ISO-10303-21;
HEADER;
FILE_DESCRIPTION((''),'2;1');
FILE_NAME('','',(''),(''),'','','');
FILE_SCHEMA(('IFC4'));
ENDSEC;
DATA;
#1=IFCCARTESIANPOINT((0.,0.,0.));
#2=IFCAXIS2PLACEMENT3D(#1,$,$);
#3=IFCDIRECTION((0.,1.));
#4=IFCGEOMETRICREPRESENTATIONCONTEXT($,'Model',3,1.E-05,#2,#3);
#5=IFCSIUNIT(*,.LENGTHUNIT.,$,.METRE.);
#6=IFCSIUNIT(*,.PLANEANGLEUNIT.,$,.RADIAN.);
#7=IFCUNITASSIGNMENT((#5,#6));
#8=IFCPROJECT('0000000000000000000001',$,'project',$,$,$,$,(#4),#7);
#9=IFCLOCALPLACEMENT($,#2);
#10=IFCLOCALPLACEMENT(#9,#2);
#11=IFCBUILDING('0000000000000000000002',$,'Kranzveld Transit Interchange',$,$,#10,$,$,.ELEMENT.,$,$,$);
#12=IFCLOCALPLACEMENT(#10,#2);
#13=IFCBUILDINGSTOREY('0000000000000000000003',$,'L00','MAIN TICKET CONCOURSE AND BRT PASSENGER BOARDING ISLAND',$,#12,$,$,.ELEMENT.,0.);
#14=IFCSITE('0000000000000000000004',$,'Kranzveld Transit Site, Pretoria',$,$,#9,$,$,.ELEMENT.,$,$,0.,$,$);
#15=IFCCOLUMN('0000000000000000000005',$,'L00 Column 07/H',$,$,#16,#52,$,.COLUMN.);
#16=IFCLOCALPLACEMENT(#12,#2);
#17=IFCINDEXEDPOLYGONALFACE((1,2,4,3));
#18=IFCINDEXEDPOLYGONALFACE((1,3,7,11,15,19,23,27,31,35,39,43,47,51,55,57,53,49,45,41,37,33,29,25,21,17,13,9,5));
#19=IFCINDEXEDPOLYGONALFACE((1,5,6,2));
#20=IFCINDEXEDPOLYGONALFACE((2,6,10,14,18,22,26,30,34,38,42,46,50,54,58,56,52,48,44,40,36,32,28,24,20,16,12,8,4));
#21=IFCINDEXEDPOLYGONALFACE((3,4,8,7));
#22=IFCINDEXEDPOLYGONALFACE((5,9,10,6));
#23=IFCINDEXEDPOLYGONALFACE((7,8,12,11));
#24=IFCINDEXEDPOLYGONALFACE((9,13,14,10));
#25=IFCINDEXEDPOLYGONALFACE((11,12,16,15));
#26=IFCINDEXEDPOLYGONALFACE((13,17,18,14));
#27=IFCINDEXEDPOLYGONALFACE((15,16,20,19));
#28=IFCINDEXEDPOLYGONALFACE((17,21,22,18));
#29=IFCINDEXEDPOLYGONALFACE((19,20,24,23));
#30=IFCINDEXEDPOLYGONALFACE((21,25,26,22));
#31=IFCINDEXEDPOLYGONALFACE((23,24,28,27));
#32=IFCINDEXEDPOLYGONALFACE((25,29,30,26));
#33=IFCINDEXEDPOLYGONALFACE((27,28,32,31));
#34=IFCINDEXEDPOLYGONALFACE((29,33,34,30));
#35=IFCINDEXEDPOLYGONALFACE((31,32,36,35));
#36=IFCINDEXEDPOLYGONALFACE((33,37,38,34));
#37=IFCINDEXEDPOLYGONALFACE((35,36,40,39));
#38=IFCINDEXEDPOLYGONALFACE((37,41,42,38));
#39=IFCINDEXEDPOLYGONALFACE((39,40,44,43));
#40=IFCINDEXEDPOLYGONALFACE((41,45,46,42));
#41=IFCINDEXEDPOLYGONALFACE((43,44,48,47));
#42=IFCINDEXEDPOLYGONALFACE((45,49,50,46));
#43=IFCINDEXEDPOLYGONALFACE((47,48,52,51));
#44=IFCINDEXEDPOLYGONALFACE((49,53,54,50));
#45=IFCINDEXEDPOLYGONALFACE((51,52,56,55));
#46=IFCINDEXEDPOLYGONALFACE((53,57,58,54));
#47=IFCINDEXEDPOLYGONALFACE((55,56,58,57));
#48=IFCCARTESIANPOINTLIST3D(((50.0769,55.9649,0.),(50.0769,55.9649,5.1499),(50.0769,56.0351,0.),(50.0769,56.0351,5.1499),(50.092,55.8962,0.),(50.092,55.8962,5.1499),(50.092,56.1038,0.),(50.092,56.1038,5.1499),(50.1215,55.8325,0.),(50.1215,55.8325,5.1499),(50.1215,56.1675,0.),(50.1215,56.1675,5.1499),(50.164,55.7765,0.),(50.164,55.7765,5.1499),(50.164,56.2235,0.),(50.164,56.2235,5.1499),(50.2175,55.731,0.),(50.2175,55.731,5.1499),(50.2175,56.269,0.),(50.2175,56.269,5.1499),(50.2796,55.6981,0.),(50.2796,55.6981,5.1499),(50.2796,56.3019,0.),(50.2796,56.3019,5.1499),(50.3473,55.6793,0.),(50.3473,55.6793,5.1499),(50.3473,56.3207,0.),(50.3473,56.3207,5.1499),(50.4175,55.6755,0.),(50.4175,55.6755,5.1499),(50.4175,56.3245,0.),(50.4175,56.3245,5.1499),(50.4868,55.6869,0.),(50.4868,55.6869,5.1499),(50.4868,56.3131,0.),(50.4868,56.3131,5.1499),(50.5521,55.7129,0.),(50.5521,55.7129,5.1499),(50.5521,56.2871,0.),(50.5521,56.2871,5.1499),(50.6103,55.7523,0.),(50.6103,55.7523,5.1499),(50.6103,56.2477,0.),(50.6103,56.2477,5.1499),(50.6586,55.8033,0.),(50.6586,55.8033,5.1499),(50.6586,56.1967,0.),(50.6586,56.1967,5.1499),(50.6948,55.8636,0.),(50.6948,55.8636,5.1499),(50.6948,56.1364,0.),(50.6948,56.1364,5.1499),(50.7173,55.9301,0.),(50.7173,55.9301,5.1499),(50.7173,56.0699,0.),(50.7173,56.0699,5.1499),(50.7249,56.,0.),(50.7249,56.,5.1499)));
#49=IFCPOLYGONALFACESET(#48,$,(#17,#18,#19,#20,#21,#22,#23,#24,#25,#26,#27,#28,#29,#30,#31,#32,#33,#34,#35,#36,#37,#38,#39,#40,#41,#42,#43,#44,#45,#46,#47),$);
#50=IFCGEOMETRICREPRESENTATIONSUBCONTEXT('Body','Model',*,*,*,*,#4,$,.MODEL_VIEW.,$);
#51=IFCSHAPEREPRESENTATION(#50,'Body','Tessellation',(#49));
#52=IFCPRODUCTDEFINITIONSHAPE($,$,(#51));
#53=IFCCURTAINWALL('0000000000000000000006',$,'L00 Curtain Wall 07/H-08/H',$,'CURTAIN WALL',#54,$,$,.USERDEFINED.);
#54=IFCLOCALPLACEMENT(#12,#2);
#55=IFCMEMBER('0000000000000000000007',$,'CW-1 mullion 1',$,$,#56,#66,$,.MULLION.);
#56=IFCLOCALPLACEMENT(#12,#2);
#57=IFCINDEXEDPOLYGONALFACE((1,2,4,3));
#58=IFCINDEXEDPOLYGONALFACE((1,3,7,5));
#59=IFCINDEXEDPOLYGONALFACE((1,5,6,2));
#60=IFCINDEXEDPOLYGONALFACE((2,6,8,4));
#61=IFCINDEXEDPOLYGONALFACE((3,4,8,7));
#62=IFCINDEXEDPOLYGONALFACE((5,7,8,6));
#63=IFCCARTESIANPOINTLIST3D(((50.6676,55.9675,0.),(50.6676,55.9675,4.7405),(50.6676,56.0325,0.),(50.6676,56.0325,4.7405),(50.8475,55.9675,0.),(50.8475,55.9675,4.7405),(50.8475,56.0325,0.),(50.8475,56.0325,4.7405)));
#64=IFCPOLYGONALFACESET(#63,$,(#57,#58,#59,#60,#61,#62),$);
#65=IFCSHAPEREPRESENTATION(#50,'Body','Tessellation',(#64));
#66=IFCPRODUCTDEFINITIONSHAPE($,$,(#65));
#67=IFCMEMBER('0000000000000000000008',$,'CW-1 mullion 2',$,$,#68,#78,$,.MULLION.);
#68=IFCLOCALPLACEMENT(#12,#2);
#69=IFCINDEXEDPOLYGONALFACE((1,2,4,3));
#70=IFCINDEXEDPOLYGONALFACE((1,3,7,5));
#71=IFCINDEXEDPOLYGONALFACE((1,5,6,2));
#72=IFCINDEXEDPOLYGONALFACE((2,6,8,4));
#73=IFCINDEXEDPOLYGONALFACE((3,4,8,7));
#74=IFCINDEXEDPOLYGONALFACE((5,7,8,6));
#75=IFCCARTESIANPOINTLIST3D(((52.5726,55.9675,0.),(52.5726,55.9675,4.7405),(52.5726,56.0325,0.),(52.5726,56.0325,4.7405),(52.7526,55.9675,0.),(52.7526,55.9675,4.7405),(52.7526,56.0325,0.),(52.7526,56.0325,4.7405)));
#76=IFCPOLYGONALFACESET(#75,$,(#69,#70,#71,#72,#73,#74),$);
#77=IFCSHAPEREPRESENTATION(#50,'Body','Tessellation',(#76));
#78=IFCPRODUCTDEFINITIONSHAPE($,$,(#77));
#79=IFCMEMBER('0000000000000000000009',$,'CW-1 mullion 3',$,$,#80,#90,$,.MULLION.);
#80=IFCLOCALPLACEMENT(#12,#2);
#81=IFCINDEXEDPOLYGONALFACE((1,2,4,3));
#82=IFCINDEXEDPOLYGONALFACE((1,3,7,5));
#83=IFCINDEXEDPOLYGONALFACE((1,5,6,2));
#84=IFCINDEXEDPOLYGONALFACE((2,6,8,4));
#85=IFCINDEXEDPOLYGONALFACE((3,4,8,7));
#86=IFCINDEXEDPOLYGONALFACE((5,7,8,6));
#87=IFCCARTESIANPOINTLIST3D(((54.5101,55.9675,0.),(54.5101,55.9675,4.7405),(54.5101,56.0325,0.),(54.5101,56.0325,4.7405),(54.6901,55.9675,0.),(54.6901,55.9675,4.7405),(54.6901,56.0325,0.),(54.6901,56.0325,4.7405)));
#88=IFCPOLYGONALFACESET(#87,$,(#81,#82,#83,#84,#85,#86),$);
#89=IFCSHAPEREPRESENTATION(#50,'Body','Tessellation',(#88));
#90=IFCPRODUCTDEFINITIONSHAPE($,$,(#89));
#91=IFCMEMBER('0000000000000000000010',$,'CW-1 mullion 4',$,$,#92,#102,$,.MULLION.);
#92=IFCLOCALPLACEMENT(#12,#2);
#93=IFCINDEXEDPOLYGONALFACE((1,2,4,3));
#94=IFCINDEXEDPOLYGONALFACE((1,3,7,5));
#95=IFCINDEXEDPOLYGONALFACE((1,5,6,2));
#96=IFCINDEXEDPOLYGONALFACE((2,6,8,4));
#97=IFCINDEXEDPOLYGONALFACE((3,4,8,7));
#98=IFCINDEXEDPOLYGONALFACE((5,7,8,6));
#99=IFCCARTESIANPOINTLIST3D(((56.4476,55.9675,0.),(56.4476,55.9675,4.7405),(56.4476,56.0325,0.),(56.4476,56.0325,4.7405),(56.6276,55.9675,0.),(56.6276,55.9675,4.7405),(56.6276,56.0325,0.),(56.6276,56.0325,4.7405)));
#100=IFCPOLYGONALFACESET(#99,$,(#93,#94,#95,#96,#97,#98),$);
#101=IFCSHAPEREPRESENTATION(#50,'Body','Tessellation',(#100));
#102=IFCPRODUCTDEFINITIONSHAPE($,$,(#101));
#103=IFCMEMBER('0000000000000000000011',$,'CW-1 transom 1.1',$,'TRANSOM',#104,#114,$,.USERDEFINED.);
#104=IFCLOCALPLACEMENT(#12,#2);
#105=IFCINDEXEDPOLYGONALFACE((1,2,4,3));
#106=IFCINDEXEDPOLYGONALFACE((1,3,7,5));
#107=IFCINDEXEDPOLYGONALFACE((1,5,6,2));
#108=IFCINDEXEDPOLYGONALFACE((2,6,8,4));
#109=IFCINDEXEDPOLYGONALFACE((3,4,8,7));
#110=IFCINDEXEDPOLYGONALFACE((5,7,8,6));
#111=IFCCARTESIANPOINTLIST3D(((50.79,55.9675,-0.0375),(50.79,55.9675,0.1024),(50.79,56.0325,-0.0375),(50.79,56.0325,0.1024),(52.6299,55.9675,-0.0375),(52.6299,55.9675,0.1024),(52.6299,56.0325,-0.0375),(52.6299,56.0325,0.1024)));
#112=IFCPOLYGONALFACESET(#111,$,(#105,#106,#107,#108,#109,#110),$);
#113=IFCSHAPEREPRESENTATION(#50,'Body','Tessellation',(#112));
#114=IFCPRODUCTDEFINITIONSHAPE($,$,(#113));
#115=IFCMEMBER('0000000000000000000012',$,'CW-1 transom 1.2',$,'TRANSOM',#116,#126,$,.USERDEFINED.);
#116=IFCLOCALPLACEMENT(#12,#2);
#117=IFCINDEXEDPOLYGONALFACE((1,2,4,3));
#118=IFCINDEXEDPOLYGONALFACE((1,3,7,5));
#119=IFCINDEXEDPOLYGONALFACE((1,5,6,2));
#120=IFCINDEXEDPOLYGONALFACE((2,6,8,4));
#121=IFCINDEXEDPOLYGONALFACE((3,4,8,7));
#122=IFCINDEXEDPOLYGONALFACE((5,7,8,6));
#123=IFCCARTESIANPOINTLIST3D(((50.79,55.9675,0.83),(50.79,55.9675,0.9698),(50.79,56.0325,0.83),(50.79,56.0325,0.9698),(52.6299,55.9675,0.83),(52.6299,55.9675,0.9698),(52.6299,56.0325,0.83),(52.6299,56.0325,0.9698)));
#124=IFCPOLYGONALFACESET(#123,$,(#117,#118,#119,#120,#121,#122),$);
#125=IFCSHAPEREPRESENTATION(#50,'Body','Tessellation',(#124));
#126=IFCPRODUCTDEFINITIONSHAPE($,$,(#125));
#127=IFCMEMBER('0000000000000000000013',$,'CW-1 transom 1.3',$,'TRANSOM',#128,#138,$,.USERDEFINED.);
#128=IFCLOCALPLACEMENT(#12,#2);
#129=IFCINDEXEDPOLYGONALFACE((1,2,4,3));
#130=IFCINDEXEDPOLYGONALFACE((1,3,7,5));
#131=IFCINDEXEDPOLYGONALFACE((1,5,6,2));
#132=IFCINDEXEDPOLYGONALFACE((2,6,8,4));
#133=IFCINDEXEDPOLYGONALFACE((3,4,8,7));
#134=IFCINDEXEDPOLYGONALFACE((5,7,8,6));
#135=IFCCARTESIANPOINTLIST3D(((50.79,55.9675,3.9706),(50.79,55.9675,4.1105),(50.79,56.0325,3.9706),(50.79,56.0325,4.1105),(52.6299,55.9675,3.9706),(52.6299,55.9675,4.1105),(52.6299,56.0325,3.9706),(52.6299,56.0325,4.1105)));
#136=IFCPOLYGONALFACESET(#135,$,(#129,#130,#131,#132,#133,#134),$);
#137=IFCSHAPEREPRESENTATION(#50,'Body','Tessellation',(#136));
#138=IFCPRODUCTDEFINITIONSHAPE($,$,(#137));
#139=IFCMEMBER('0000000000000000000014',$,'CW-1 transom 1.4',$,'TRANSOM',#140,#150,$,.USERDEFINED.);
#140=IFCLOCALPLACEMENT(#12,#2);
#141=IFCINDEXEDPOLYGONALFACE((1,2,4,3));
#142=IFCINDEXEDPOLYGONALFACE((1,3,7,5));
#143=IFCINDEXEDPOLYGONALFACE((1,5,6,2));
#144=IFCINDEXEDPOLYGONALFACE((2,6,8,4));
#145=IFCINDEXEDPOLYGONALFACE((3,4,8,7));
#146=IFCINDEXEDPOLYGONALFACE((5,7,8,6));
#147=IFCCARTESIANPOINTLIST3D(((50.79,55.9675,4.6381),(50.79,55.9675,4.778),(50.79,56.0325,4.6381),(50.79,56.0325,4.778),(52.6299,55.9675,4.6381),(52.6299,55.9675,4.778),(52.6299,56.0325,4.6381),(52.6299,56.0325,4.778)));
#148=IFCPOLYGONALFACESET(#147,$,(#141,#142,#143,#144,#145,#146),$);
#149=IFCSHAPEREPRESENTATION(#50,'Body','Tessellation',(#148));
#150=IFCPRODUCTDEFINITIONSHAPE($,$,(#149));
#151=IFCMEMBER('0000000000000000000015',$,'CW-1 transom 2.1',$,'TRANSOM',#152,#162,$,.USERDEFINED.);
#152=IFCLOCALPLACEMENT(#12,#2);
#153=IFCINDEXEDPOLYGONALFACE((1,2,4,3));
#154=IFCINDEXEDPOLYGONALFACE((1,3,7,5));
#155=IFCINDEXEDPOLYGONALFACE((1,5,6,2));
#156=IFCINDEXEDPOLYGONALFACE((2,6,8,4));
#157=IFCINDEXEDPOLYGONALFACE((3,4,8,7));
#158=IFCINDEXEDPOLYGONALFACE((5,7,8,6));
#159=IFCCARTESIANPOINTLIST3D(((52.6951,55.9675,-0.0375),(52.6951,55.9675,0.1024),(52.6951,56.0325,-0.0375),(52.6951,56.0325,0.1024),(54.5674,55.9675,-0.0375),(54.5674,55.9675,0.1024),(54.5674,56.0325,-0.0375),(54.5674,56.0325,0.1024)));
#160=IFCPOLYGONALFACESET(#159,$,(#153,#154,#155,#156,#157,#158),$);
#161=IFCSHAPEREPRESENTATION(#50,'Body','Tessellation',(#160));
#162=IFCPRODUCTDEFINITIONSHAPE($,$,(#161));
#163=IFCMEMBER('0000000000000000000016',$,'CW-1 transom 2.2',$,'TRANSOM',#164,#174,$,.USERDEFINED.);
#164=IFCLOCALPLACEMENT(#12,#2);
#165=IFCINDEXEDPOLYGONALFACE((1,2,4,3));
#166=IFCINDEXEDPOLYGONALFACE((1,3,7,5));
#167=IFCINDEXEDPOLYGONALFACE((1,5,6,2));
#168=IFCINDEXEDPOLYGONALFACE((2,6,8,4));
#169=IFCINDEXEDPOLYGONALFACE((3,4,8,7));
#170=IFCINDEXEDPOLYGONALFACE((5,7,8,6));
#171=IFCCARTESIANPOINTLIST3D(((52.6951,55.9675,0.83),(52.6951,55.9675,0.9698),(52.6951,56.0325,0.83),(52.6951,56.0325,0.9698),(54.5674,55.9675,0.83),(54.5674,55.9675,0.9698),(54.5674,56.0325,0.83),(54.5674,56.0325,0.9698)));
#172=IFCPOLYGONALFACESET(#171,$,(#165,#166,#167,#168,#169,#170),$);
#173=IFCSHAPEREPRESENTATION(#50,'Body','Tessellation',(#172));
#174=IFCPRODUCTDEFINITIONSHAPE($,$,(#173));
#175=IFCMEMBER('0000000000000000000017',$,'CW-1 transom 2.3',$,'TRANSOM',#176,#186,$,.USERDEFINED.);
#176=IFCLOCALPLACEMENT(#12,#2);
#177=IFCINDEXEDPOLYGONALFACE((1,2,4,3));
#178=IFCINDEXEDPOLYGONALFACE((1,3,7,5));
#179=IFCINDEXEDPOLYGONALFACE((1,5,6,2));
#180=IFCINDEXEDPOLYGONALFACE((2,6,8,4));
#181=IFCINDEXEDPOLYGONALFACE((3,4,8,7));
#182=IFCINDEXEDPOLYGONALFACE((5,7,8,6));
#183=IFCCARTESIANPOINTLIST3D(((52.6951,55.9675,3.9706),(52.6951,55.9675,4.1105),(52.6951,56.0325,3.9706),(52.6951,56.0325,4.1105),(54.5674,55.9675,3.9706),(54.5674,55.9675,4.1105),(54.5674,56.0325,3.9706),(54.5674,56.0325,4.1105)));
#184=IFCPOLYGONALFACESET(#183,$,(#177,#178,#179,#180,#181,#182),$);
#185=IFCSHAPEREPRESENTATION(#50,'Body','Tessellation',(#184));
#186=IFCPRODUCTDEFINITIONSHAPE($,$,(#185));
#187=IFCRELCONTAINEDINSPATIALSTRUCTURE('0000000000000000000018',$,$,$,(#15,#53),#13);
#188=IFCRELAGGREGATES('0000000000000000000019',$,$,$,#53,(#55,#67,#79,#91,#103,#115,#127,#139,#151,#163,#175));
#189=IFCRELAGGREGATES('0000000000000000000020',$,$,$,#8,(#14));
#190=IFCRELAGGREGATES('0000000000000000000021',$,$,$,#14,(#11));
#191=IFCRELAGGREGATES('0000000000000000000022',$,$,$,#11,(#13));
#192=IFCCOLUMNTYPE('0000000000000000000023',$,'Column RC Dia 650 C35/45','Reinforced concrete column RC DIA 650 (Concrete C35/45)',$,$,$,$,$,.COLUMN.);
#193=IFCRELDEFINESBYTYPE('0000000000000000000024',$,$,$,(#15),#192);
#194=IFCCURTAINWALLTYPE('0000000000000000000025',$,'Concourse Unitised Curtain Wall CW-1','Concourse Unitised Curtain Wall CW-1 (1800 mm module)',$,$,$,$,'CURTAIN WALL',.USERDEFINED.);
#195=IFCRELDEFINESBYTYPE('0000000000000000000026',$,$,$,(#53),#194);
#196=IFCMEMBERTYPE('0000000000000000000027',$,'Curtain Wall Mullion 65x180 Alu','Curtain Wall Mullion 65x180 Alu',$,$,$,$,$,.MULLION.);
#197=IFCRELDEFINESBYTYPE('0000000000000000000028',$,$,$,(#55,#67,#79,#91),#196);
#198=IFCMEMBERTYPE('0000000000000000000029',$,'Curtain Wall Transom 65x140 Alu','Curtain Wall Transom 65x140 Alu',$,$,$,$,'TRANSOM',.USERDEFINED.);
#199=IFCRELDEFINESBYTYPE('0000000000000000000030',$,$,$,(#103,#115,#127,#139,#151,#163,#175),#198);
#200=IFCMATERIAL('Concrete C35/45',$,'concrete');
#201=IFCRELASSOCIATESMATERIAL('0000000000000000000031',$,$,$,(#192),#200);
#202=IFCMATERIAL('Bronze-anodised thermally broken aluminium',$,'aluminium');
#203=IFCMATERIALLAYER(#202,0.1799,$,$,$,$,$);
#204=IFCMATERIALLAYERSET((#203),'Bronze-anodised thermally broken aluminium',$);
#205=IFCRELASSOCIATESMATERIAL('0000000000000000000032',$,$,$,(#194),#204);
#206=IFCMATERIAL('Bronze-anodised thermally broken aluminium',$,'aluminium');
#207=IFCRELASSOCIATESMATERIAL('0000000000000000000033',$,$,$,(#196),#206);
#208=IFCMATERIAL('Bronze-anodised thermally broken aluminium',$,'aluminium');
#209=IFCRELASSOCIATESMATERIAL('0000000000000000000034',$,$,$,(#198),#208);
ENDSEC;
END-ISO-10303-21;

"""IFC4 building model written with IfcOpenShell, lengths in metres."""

from ifc_helpers import new_model, si_unit, direction, frame, origin, origin_2d, place, context, subcontext, project, spatial, rectangle, circle, extrude, material, layer, layer_set, material_profile, profile_set, type_object, element, aggregate, save


model = new_model("IFC4")

# Units and contexts
model_context = context("Model", 3, precision=1e-05, world=origin(), true_north=direction((0.0, 1.0)))
body_context = subcontext(model_context, "Body", "Model", "MODEL_VIEW")
ifc_project = project(units=[si_unit("LENGTHUNIT", "METRE"), si_unit("PLANEANGLEUNIT", "RADIAN")], contexts=[model_context])

# Site, building, storey
site_placement = place(None, origin())
site = spatial("IfcSite", under=ifc_project, at=site_placement, Name="Kranzveld Transit Site, Pretoria", CompositionType="ELEMENT", RefElevation=0.0)
building_placement = place(site_placement, origin())
building = spatial("IfcBuilding", under=site, at=building_placement, Name="Kranzveld Transit Interchange", CompositionType="ELEMENT")
storey_placement = place(building_placement, origin())
storey = spatial("IfcBuildingStorey", under=building, at=storey_placement, Name="L00", Description="MAIN TICKET CONCOURSE AND BRT PASSENGER BOARDING ISLAND", CompositionType="ELEMENT", Elevation=0.0)

# Column
ifc_material_1 = material(Name="Concrete C35/45", Category="concrete")
ifc_material_profile_1 = material_profile(ifc_material_1, circle(Radius=0.325, at=origin_2d()), Name="RC DIA 650")
ifc_profile_set_1 = profile_set([ifc_material_profile_1], Name="Concrete C35/45")
column_type = type_object("IfcColumnType", Name="Column RC Dia 650 C35/45", Description="Reinforced concrete column RC DIA 650 (Concrete C35/45)", PredefinedType="COLUMN", material=ifc_profile_set_1)
column_placement = place(storey_placement, frame((50.3999, 56.0, 0.0), z_axis=(0.0, 0.0, 1.0), x_axis=(1.0, 0.0, 0.0)))
element("IfcColumn", 1, at=column_placement, inside=storey, type_object=column_type, Name="L00 Column 07/H", PredefinedType="COLUMN", context=body_context, shape_type="SweptSolid", body=[
    extrude(circle(Radius=0.325, at=origin_2d()), origin(), (0.0, 0.0, 1.0), 5.1499),
])

# Curtain wall, members
ifc_material_2 = material(Name="Bronze-anodised thermally broken aluminium", Category="aluminium")
ifc_layer_1 = layer(ifc_material_2, 0.1799)
ifc_layer_set_1 = layer_set([ifc_layer_1], Name="Bronze-anodised thermally broken aluminium")
curtain_wall_type = type_object("IfcCurtainWallType", Name="Concourse Unitised Curtain Wall CW-1", Description="Concourse Unitised Curtain Wall CW-1 (1800 mm module)", ElementType="CURTAIN WALL", PredefinedType="USERDEFINED", material=ifc_layer_set_1)
curtain_wall_placement = place(storey_placement, origin())
curtain_wall = element("IfcCurtainWall", 2, at=curtain_wall_placement, inside=storey, type_object=curtain_wall_type, Name="L00 Curtain Wall 07/H-08/H", ObjectType="CURTAIN WALL", PredefinedType="USERDEFINED")
ifc_material_3 = material(Name="Bronze-anodised thermally broken aluminium", Category="aluminium")
ifc_material_profile_2 = material_profile(ifc_material_3, rectangle(XDim=0.0649, YDim=0.1799, at=origin_2d()), Name="ALU MULLION 65x180")
ifc_profile_set_2 = profile_set([ifc_material_profile_2], Name="Bronze-anodised thermally broken aluminium")
member_type_1 = type_object("IfcMemberType", Name="Curtain Wall Mullion 65x180 Alu", Description="Curtain Wall Mullion 65x180 Alu", PredefinedType="MULLION", material=ifc_profile_set_2)
member_1_placement = place(storey_placement, frame((50.7576, 56.0, 0.0), z_axis=(0.0, 0.0, 1.0), x_axis=(0.0, 1.0, 0.0)))
member_1 = element("IfcMember", 3, at=member_1_placement, type_object=member_type_1, Name="CW-1 mullion 1", PredefinedType="MULLION", context=body_context, shape_type="SweptSolid", body=[
    extrude(rectangle(XDim=0.0649, YDim=0.1799, at=origin_2d()), origin(), (0.0, 0.0, 1.0), 4.7405),
])
member_2_placement = place(storey_placement, frame((52.6626, 56.0, 0.0), z_axis=(0.0, 0.0, 1.0), x_axis=(0.0, 1.0, 0.0)))
member_2 = element("IfcMember", 4, at=member_2_placement, type_object=member_type_1, Name="CW-1 mullion 2", PredefinedType="MULLION", context=body_context, shape_type="SweptSolid", body=[
    extrude(rectangle(XDim=0.0649, YDim=0.1799, at=origin_2d()), origin(), (0.0, 0.0, 1.0), 4.7405),
])
member_3_placement = place(storey_placement, frame((54.6001, 56.0, 0.0), z_axis=(0.0, 0.0, 1.0), x_axis=(0.0, 1.0, 0.0)))
member_3 = element("IfcMember", 5, at=member_3_placement, type_object=member_type_1, Name="CW-1 mullion 3", PredefinedType="MULLION", context=body_context, shape_type="SweptSolid", body=[
    extrude(rectangle(XDim=0.0649, YDim=0.1799, at=origin_2d()), origin(), (0.0, 0.0, 1.0), 4.7405),
])
member_4_placement = place(storey_placement, frame((56.5376, 56.0, 0.0), z_axis=(0.0, 0.0, 1.0), x_axis=(0.0, 1.0, 0.0)))
member_4 = element("IfcMember", 6, at=member_4_placement, type_object=member_type_1, Name="CW-1 mullion 4", PredefinedType="MULLION", context=body_context, shape_type="SweptSolid", body=[
    extrude(rectangle(XDim=0.0649, YDim=0.1799, at=origin_2d()), origin(), (0.0, 0.0, 1.0), 4.7405),
])
ifc_material_4 = material(Name="Bronze-anodised thermally broken aluminium", Category="aluminium")
ifc_material_profile_3 = material_profile(ifc_material_4, rectangle(XDim=0.0649, YDim=0.1399, at=origin_2d()), Name="ALU TRANSOM 65x140")
ifc_profile_set_3 = profile_set([ifc_material_profile_3], Name="Bronze-anodised thermally broken aluminium")
member_type_2 = type_object("IfcMemberType", Name="Curtain Wall Transom 65x140 Alu", Description="Curtain Wall Transom 65x140 Alu", ElementType="TRANSOM", PredefinedType="USERDEFINED", material=ifc_profile_set_3)
member_5_placement = place(storey_placement, frame((50.79, 56.0, 0.0325), z_axis=(1.0, 0.0, 0.0), x_axis=(0.0, 1.0, 0.0)))
member_5 = element("IfcMember", 7, at=member_5_placement, type_object=member_type_2, Name="CW-1 transom 1.1", ObjectType="TRANSOM", PredefinedType="USERDEFINED", context=body_context, shape_type="SweptSolid", body=[
    extrude(rectangle(XDim=0.0649, YDim=0.1399, at=origin_2d()), origin(), (0.0, 0.0, 1.0), 1.8398),
])
member_6_placement = place(storey_placement, frame((50.79, 56.0, 0.8999), z_axis=(1.0, 0.0, 0.0), x_axis=(0.0, 1.0, 0.0)))
member_6 = element("IfcMember", 8, at=member_6_placement, type_object=member_type_2, Name="CW-1 transom 1.2", ObjectType="TRANSOM", PredefinedType="USERDEFINED", context=body_context, shape_type="SweptSolid", body=[
    extrude(rectangle(XDim=0.0649, YDim=0.1399, at=origin_2d()), origin(), (0.0, 0.0, 1.0), 1.8398),
])
member_7_placement = place(storey_placement, frame((50.79, 56.0, 4.0405), z_axis=(1.0, 0.0, 0.0), x_axis=(0.0, 1.0, 0.0)))
member_7 = element("IfcMember", 9, at=member_7_placement, type_object=member_type_2, Name="CW-1 transom 1.3", ObjectType="TRANSOM", PredefinedType="USERDEFINED", context=body_context, shape_type="SweptSolid", body=[
    extrude(rectangle(XDim=0.0649, YDim=0.1399, at=origin_2d()), origin(), (0.0, 0.0, 1.0), 1.8398),
])
member_8_placement = place(storey_placement, frame((50.79, 56.0, 4.708), z_axis=(1.0, 0.0, 0.0), x_axis=(0.0, 1.0, 0.0)))
member_8 = element("IfcMember", 10, at=member_8_placement, type_object=member_type_2, Name="CW-1 transom 1.4", ObjectType="TRANSOM", PredefinedType="USERDEFINED", context=body_context, shape_type="SweptSolid", body=[
    extrude(rectangle(XDim=0.0649, YDim=0.1399, at=origin_2d()), origin(), (0.0, 0.0, 1.0), 1.8398),
])
member_9_placement = place(storey_placement, frame((52.6951, 56.0, 0.0325), z_axis=(1.0, 0.0, 0.0), x_axis=(0.0, 1.0, 0.0)))
member_9 = element("IfcMember", 11, at=member_9_placement, type_object=member_type_2, Name="CW-1 transom 2.1", ObjectType="TRANSOM", PredefinedType="USERDEFINED", context=body_context, shape_type="SweptSolid", body=[
    extrude(rectangle(XDim=0.0649, YDim=0.1399, at=origin_2d()), origin(), (0.0, 0.0, 1.0), 1.8723),
])
member_10_placement = place(storey_placement, frame((52.6951, 56.0, 0.8999), z_axis=(1.0, 0.0, 0.0), x_axis=(0.0, 1.0, 0.0)))
member_10 = element("IfcMember", 12, at=member_10_placement, type_object=member_type_2, Name="CW-1 transom 2.2", ObjectType="TRANSOM", PredefinedType="USERDEFINED", context=body_context, shape_type="SweptSolid", body=[
    extrude(rectangle(XDim=0.0649, YDim=0.1399, at=origin_2d()), origin(), (0.0, 0.0, 1.0), 1.8723),
])
member_11_placement = place(storey_placement, frame((52.6951, 56.0, 4.0405), z_axis=(1.0, 0.0, 0.0), x_axis=(0.0, 1.0, 0.0)))
member_11 = element("IfcMember", 13, at=member_11_placement, type_object=member_type_2, Name="CW-1 transom 2.3", ObjectType="TRANSOM", PredefinedType="USERDEFINED", context=body_context, shape_type="SweptSolid", body=[
    extrude(rectangle(XDim=0.0649, YDim=0.1399, at=origin_2d()), origin(), (0.0, 0.0, 1.0), 1.8723),
])

aggregate(curtain_wall, [member_1, member_2, member_3, member_4, member_5, member_6, member_7, member_8, member_9, member_10, member_11])

save(model, "model.ifc")
